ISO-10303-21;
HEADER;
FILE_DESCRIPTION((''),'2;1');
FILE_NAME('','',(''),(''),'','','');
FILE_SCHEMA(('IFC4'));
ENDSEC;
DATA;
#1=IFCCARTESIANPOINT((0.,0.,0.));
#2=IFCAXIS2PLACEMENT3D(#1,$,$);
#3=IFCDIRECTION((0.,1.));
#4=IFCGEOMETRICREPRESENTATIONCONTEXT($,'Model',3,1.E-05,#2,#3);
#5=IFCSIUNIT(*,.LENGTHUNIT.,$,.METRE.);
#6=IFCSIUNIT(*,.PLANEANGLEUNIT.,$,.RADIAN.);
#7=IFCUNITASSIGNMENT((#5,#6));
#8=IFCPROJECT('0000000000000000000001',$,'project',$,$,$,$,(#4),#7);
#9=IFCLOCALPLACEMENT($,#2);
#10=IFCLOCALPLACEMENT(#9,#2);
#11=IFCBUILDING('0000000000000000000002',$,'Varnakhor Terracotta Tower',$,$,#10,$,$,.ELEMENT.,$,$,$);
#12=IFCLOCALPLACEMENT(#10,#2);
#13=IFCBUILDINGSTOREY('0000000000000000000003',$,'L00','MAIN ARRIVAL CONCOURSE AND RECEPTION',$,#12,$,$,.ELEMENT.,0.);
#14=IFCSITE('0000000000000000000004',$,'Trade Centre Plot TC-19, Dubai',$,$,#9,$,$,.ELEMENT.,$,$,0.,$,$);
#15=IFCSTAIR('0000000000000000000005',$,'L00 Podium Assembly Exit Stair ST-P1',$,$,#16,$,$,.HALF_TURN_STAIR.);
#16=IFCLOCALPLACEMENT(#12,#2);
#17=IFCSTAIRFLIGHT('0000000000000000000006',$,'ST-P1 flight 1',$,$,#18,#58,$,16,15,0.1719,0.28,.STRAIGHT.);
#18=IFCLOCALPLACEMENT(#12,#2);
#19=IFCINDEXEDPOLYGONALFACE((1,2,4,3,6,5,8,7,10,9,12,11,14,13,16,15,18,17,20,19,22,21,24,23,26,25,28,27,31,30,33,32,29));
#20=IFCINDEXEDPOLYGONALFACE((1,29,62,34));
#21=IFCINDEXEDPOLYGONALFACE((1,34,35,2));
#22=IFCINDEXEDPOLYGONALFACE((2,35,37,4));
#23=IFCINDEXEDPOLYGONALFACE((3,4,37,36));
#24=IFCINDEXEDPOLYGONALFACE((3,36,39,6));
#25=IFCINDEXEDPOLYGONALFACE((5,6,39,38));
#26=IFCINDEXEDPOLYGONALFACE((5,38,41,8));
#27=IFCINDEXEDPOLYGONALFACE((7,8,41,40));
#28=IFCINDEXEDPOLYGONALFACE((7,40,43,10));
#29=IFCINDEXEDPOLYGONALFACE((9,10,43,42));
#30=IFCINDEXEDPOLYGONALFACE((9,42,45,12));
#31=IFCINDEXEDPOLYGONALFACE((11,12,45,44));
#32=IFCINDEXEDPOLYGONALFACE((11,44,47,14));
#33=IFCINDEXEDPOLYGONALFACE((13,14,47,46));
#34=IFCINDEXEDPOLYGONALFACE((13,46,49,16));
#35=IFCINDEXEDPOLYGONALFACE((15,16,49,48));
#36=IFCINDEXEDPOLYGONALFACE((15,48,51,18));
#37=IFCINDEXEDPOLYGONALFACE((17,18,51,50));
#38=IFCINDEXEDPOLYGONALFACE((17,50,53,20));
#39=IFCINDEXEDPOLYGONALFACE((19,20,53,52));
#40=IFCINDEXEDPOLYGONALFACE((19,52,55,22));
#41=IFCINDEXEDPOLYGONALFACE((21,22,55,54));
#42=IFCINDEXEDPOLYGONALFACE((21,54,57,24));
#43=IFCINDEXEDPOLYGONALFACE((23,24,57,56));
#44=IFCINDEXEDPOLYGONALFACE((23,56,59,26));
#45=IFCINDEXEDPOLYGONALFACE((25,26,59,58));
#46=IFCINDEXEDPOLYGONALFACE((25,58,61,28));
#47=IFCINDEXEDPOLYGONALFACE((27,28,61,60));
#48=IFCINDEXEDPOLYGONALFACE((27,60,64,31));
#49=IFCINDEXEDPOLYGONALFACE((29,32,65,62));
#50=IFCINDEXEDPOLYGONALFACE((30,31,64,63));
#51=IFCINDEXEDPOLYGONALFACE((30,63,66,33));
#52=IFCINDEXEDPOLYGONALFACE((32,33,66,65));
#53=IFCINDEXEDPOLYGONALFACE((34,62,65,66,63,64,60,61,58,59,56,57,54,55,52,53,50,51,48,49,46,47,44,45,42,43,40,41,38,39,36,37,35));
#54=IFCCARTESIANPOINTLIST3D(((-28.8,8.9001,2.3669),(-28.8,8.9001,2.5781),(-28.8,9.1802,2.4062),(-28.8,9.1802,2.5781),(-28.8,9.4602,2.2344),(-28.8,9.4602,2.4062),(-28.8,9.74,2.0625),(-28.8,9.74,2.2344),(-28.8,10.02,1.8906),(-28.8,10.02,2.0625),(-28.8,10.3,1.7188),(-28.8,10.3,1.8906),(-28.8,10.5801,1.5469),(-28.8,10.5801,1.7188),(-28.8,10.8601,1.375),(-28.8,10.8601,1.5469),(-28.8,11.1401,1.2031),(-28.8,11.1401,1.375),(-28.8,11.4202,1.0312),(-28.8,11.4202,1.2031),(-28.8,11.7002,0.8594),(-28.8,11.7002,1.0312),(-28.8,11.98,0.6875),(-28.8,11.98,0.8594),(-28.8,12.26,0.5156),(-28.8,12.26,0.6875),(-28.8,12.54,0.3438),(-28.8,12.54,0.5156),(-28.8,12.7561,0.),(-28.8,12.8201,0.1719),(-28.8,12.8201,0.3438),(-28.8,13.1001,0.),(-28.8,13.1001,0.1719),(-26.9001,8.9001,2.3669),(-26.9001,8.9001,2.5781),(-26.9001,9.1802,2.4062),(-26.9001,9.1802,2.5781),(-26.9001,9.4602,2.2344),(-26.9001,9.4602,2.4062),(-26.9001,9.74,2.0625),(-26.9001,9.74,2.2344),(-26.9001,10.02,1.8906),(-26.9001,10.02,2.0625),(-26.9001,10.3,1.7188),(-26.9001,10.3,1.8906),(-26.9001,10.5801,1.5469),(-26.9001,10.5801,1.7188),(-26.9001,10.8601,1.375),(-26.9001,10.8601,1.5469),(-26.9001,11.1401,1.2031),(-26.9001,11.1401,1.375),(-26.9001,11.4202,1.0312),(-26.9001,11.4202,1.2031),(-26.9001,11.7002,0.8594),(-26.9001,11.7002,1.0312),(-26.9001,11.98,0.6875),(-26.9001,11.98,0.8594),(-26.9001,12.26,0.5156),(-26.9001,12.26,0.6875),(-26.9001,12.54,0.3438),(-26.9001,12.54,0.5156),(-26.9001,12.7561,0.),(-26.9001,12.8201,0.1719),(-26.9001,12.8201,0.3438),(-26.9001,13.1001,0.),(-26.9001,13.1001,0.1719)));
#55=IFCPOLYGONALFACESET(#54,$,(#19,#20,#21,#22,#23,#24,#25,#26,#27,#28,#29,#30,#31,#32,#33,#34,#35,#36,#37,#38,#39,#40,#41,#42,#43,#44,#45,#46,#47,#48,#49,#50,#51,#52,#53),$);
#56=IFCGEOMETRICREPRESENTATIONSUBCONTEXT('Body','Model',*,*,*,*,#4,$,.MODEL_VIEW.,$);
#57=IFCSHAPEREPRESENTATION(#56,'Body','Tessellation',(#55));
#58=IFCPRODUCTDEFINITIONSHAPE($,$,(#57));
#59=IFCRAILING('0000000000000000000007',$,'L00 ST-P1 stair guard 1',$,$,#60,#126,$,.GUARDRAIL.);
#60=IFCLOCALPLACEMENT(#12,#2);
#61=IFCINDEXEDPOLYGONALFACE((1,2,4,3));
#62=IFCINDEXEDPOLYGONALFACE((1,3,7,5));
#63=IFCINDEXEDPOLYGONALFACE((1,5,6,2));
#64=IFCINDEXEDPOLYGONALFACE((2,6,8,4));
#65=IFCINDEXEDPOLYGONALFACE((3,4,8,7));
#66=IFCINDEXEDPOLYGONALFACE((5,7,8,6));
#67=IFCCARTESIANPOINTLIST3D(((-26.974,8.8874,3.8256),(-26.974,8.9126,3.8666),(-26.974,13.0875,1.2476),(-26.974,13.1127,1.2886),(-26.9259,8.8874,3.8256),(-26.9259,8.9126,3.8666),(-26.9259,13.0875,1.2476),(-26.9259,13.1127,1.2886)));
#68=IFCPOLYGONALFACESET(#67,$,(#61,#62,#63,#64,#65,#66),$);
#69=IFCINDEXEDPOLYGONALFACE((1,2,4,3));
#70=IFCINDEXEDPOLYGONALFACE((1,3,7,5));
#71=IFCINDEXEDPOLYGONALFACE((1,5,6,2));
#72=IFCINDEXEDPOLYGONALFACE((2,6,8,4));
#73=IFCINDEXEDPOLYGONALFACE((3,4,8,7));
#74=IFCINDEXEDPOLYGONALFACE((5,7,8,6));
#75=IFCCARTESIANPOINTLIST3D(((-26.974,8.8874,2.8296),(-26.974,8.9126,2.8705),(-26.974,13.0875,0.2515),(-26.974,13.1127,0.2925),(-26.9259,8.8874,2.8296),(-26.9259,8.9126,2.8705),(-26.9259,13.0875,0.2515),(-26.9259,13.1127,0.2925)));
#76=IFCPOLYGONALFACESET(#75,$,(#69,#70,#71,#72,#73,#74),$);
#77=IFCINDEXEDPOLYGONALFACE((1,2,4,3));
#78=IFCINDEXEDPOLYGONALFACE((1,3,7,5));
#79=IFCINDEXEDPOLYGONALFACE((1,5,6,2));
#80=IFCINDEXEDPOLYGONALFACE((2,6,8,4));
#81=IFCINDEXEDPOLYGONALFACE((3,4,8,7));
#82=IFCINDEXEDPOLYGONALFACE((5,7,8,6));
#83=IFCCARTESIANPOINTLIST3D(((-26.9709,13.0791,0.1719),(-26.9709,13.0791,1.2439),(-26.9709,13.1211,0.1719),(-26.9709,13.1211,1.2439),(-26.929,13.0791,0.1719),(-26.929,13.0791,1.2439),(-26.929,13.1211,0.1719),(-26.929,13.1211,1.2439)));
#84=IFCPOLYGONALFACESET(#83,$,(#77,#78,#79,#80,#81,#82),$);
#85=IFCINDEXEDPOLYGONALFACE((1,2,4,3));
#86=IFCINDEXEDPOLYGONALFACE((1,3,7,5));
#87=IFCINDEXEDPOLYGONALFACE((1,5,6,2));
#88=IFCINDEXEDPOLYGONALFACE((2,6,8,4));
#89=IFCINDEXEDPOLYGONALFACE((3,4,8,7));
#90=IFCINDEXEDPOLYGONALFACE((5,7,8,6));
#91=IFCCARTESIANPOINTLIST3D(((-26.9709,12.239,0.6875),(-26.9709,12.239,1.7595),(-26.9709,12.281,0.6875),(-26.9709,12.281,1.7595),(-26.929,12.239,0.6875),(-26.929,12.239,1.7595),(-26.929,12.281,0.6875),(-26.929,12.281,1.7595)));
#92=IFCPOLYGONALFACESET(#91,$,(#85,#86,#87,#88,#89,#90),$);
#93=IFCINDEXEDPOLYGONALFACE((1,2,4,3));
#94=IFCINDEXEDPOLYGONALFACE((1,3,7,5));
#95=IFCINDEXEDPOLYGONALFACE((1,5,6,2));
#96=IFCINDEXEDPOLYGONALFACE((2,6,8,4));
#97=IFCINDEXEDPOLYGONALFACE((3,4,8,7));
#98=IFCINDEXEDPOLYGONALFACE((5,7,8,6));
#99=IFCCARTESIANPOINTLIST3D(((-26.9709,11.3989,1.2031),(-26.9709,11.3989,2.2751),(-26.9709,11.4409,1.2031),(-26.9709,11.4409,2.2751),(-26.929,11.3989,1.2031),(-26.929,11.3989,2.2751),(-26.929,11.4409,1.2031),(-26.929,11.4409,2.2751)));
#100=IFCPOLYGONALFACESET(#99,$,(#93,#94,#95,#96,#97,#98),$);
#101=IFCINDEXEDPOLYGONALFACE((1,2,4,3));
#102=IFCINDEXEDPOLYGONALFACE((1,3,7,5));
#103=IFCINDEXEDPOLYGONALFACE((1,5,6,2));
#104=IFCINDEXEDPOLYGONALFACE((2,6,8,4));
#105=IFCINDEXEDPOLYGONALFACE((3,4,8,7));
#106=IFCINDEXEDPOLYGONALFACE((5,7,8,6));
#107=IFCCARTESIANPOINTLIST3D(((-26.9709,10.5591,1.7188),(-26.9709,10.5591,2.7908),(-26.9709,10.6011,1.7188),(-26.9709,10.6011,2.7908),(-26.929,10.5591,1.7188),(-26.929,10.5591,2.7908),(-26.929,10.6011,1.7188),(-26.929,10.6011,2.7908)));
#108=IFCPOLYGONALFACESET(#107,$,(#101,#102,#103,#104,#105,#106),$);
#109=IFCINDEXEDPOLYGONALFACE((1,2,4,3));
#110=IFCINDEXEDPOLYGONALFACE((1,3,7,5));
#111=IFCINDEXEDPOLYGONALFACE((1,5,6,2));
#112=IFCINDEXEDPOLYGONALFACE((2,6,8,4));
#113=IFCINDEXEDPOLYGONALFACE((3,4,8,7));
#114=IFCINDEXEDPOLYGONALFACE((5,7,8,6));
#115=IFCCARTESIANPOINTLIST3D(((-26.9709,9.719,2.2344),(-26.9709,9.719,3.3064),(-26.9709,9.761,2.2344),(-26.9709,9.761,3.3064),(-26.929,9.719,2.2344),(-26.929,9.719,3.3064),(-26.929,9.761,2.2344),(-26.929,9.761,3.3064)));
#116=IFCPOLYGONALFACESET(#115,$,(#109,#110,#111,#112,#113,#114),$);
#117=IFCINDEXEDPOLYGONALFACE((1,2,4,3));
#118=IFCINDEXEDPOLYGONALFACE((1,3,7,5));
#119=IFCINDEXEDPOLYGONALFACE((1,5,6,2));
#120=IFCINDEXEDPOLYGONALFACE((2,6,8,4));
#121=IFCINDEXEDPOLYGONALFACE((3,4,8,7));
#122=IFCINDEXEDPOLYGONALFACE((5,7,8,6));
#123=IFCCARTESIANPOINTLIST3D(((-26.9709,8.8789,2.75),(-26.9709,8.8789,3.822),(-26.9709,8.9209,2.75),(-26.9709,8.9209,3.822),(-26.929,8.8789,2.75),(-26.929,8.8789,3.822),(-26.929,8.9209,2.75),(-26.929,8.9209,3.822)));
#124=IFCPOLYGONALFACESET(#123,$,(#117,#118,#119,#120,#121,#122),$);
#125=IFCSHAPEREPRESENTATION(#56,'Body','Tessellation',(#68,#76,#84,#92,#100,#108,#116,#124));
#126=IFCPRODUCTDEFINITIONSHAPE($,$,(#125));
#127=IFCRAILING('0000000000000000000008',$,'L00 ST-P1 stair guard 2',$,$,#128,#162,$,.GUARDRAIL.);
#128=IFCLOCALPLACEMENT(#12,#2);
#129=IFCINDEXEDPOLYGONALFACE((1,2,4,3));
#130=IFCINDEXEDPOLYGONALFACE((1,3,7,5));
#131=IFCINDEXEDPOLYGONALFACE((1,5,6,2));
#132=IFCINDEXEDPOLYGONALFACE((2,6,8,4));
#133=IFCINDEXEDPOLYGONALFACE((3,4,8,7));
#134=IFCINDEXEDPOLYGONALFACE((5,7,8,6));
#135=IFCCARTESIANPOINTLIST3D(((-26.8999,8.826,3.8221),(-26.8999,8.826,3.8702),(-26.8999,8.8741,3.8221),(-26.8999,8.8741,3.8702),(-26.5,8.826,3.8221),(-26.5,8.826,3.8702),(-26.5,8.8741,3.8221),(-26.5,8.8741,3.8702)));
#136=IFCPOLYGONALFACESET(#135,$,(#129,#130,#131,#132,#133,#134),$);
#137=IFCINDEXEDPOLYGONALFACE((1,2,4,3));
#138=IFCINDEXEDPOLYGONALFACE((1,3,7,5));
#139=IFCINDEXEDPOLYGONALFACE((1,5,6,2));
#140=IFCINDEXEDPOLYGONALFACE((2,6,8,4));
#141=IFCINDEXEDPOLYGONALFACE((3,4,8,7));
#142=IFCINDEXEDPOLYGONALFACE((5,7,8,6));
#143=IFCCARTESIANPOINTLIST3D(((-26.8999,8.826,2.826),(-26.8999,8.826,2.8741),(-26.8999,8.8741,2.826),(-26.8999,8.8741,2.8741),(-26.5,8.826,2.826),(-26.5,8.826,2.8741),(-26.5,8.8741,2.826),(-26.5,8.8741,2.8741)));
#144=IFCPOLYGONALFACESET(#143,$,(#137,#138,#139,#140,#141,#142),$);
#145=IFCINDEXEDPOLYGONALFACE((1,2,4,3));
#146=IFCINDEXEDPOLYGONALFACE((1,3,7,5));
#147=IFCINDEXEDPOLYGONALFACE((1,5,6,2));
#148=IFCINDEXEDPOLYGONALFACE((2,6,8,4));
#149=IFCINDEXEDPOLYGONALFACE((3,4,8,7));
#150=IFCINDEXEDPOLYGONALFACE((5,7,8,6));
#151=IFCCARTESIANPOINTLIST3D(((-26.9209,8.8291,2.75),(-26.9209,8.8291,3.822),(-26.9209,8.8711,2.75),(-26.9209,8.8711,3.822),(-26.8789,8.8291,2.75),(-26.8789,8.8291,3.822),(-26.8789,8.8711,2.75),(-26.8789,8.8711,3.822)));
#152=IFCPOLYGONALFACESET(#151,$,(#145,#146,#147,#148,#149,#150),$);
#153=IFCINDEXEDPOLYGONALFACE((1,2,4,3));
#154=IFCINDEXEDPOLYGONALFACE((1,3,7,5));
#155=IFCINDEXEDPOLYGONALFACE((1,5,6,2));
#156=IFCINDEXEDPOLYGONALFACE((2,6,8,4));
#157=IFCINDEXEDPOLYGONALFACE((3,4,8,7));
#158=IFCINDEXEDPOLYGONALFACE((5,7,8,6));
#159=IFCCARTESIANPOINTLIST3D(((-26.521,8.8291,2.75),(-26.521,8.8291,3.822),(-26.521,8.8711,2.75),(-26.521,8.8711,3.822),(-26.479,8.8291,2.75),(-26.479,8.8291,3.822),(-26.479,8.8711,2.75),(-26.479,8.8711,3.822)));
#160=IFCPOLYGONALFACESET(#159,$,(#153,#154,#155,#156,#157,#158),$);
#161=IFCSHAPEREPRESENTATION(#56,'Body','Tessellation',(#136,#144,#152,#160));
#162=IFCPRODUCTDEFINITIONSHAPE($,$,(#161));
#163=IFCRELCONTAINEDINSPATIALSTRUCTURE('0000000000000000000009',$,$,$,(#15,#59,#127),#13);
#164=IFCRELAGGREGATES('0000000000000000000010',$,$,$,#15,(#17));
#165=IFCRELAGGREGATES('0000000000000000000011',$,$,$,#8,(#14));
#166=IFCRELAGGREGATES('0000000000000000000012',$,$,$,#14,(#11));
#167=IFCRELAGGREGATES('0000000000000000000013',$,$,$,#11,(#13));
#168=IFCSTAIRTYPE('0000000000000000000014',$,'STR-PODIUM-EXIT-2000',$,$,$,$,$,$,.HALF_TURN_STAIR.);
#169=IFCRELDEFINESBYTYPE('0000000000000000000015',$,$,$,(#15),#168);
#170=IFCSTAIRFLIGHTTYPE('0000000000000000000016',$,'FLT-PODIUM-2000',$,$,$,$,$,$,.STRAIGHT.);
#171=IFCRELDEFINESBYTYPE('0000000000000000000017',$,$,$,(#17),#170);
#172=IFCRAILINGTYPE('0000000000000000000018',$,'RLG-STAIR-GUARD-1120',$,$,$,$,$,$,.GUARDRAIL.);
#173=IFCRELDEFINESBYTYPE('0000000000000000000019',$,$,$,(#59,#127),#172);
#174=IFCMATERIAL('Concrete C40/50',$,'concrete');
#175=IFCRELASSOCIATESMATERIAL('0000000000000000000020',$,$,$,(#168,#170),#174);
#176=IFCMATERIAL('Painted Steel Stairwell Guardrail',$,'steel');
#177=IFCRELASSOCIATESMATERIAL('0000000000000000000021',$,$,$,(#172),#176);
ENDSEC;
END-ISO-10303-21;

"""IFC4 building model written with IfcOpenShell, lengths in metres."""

from ifc_helpers import new_model, si_unit, direction, frame, origin, origin_2d, place, context, subcontext, project, spatial, polyline, rectangle, outline, extrude, material, type_object, element, aggregate, save


model = new_model("IFC4")

# Units and contexts
model_context = context("Model", 3, precision=1e-05, world=origin(), true_north=direction((0.0, 1.0)))
body_context = subcontext(model_context, "Body", "Model", "MODEL_VIEW")
ifc_project = project(units=[si_unit("LENGTHUNIT", "METRE"), si_unit("PLANEANGLEUNIT", "RADIAN")], contexts=[model_context])

# Site, building, storey
site_placement = place(None, origin())
site = spatial("IfcSite", under=ifc_project, at=site_placement, Name="Trade Centre Plot TC-19, Dubai", CompositionType="ELEMENT", RefElevation=0.0)
building_placement = place(site_placement, origin())
building = spatial("IfcBuilding", under=site, at=building_placement, Name="Varnakhor Terracotta Tower", CompositionType="ELEMENT")
storey_placement = place(building_placement, origin())
storey = spatial("IfcBuildingStorey", under=building, at=storey_placement, Name="L00", Description="MAIN ARRIVAL CONCOURSE AND RECEPTION", CompositionType="ELEMENT", Elevation=0.0)

# Shared definitions
ifc_material_1 = material(Name="Concrete C40/50", Category="concrete")

# Stair, stair flight
stair_type = type_object("IfcStairType", Name="STR-PODIUM-EXIT-2000", PredefinedType="HALF_TURN_STAIR", material=ifc_material_1)
stair_placement = place(storey_placement, origin())
stair = element("IfcStair", 1, at=stair_placement, inside=storey, type_object=stair_type, Name="L00 Podium Assembly Exit Stair ST-P1", PredefinedType="HALF_TURN_STAIR")
stair_flight_type = type_object("IfcStairFlightType", Name="FLT-PODIUM-2000", PredefinedType="STRAIGHT", material=ifc_material_1)
stair_flight_placement = place(storey_placement, frame((-27.8501, 13.1001, 0.0), z_axis=(0.0, 0.0, 1.0), x_axis=(0.0, -1.0, 0.0)))
stair_flight = element("IfcStairFlight", 2, at=stair_flight_placement, type_object=stair_flight_type, Name="ST-P1 flight 1", NumberOfRisers=16, NumberOfTreads=15, PredefinedType="STRAIGHT", RiserHeight=0.1719, TreadLength=0.28, context=body_context, shape_type="SweptSolid", body=[
    extrude(outline(polyline([(0.0, 0.0), (0.0, 0.1719), (0.28, 0.1719), (0.28, 0.3438), (0.5601, 0.3438), (0.5601, 0.5156), (0.8401, 0.5156), (0.8401, 0.6875), (1.1201, 0.6875), (1.1201, 0.8594), (1.3999, 0.8594), (1.3999, 1.0312), (1.6799, 1.0312), (1.6799, 1.2031), (1.96, 1.2031), (1.96, 1.375), (2.24, 1.375), (2.24, 1.5469), (2.52, 1.5469), (2.52, 1.7188), (2.8, 1.7188), (2.8, 1.8906), (3.0801, 1.8906), (3.0801, 2.0625), (3.3601, 2.0625), (3.3601, 2.2344), (3.6399, 2.2344), (3.6399, 2.4062), (3.9199, 2.4062), (3.9199, 2.5781), (4.2, 2.5781), (4.2, 2.75), (4.2, 2.3669), (0.344, 0.0), (0.0, 0.0)])), frame((0.0, 0.95, 0.0), z_axis=(0.0, -1.0, 0.0), x_axis=(1.0, 0.0, 0.0)), (0.0, 0.0, 1.0), 1.8999),
])
aggregate(stair, [stair_flight])

# Railings
ifc_material_2 = material(Name="Painted Steel Stairwell Guardrail", Category="steel")
railing_type_1 = type_object("IfcRailingType", Name="RLG-STAIR-GUARD-1120", PredefinedType="GUARDRAIL", material=ifc_material_2)
railing_1_placement = place(storey_placement, frame((-26.95, 13.1001, 0.1719)))
element("IfcRailing", 3, at=railing_1_placement, inside=storey, type_object=railing_type_1, Name="L00 ST-P1 stair guard 1", PredefinedType="GUARDRAIL", context=body_context, shape_type="SweptSolid", body=[
    extrude(rectangle(XDim=0.0481, YDim=0.0481, at=origin_2d()), frame((0.0, 0.0, 1.0962), z_axis=(0.0, -0.852256, 0.523124), x_axis=(1.0, 0.0, 0.0)), (0.0, 0.0, 1.0), 4.9282),
    extrude(rectangle(XDim=0.0481, YDim=0.0481, at=origin_2d()), frame((0.0, 0.0, 0.1001), z_axis=(0.0, -0.852256, 0.523124), x_axis=(1.0, 0.0, 0.0)), (0.0, 0.0, 1.0), 4.9282),
    extrude(rectangle(XDim=0.042, YDim=0.042, at=origin_2d()), origin(), (0.0, 0.0, 1.0), 1.072),
    extrude(rectangle(XDim=0.042, YDim=0.042, at=origin_2d()), frame((0.0, -0.8401, 0.5156)), (0.0, 0.0, 1.0), 1.072),
    extrude(rectangle(XDim=0.042, YDim=0.042, at=origin_2d()), frame((0.0, -1.6802, 1.0312)), (0.0, 0.0, 1.0), 1.072),
    extrude(rectangle(XDim=0.042, YDim=0.042, at=origin_2d()), frame((0.0, -2.52, 1.5469)), (0.0, 0.0, 1.0), 1.072),
    extrude(rectangle(XDim=0.042, YDim=0.042, at=origin_2d()), frame((0.0, -3.3601, 2.0625)), (0.0, 0.0, 1.0), 1.072),
    extrude(rectangle(XDim=0.042, YDim=0.042, at=origin_2d()), frame((0.0, -4.2002, 2.5781)), (0.0, 0.0, 1.0), 1.072),
])
railing_2_placement = place(storey_placement, frame((-26.8999, 8.8501, 2.75)))
element("IfcRailing", 4, at=railing_2_placement, inside=storey, type_object=railing_type_1, Name="L00 ST-P1 stair guard 2", PredefinedType="GUARDRAIL", context=body_context, shape_type="SweptSolid", body=[
    extrude(rectangle(XDim=0.0481, YDim=0.0481, at=origin_2d()), frame((0.0, 0.0, 1.0962), z_axis=(1.0, 0.0, 0.0), x_axis=(0.0, 1.0, 0.0)), (0.0, 0.0, 1.0), 0.3999),
    extrude(rectangle(XDim=0.0481, YDim=0.0481, at=origin_2d()), frame((0.0, 0.0, 0.1001), z_axis=(1.0, 0.0, 0.0), x_axis=(0.0, 1.0, 0.0)), (0.0, 0.0, 1.0), 0.3999),
    extrude(rectangle(XDim=0.042, YDim=0.042, at=origin_2d()), origin(), (0.0, 0.0, 1.0), 1.072),
    extrude(rectangle(XDim=0.042, YDim=0.042, at=origin_2d()), frame((0.3999, 0.0, 0.0)), (0.0, 0.0, 1.0), 1.072),
])

save(model, "model.ifc")
